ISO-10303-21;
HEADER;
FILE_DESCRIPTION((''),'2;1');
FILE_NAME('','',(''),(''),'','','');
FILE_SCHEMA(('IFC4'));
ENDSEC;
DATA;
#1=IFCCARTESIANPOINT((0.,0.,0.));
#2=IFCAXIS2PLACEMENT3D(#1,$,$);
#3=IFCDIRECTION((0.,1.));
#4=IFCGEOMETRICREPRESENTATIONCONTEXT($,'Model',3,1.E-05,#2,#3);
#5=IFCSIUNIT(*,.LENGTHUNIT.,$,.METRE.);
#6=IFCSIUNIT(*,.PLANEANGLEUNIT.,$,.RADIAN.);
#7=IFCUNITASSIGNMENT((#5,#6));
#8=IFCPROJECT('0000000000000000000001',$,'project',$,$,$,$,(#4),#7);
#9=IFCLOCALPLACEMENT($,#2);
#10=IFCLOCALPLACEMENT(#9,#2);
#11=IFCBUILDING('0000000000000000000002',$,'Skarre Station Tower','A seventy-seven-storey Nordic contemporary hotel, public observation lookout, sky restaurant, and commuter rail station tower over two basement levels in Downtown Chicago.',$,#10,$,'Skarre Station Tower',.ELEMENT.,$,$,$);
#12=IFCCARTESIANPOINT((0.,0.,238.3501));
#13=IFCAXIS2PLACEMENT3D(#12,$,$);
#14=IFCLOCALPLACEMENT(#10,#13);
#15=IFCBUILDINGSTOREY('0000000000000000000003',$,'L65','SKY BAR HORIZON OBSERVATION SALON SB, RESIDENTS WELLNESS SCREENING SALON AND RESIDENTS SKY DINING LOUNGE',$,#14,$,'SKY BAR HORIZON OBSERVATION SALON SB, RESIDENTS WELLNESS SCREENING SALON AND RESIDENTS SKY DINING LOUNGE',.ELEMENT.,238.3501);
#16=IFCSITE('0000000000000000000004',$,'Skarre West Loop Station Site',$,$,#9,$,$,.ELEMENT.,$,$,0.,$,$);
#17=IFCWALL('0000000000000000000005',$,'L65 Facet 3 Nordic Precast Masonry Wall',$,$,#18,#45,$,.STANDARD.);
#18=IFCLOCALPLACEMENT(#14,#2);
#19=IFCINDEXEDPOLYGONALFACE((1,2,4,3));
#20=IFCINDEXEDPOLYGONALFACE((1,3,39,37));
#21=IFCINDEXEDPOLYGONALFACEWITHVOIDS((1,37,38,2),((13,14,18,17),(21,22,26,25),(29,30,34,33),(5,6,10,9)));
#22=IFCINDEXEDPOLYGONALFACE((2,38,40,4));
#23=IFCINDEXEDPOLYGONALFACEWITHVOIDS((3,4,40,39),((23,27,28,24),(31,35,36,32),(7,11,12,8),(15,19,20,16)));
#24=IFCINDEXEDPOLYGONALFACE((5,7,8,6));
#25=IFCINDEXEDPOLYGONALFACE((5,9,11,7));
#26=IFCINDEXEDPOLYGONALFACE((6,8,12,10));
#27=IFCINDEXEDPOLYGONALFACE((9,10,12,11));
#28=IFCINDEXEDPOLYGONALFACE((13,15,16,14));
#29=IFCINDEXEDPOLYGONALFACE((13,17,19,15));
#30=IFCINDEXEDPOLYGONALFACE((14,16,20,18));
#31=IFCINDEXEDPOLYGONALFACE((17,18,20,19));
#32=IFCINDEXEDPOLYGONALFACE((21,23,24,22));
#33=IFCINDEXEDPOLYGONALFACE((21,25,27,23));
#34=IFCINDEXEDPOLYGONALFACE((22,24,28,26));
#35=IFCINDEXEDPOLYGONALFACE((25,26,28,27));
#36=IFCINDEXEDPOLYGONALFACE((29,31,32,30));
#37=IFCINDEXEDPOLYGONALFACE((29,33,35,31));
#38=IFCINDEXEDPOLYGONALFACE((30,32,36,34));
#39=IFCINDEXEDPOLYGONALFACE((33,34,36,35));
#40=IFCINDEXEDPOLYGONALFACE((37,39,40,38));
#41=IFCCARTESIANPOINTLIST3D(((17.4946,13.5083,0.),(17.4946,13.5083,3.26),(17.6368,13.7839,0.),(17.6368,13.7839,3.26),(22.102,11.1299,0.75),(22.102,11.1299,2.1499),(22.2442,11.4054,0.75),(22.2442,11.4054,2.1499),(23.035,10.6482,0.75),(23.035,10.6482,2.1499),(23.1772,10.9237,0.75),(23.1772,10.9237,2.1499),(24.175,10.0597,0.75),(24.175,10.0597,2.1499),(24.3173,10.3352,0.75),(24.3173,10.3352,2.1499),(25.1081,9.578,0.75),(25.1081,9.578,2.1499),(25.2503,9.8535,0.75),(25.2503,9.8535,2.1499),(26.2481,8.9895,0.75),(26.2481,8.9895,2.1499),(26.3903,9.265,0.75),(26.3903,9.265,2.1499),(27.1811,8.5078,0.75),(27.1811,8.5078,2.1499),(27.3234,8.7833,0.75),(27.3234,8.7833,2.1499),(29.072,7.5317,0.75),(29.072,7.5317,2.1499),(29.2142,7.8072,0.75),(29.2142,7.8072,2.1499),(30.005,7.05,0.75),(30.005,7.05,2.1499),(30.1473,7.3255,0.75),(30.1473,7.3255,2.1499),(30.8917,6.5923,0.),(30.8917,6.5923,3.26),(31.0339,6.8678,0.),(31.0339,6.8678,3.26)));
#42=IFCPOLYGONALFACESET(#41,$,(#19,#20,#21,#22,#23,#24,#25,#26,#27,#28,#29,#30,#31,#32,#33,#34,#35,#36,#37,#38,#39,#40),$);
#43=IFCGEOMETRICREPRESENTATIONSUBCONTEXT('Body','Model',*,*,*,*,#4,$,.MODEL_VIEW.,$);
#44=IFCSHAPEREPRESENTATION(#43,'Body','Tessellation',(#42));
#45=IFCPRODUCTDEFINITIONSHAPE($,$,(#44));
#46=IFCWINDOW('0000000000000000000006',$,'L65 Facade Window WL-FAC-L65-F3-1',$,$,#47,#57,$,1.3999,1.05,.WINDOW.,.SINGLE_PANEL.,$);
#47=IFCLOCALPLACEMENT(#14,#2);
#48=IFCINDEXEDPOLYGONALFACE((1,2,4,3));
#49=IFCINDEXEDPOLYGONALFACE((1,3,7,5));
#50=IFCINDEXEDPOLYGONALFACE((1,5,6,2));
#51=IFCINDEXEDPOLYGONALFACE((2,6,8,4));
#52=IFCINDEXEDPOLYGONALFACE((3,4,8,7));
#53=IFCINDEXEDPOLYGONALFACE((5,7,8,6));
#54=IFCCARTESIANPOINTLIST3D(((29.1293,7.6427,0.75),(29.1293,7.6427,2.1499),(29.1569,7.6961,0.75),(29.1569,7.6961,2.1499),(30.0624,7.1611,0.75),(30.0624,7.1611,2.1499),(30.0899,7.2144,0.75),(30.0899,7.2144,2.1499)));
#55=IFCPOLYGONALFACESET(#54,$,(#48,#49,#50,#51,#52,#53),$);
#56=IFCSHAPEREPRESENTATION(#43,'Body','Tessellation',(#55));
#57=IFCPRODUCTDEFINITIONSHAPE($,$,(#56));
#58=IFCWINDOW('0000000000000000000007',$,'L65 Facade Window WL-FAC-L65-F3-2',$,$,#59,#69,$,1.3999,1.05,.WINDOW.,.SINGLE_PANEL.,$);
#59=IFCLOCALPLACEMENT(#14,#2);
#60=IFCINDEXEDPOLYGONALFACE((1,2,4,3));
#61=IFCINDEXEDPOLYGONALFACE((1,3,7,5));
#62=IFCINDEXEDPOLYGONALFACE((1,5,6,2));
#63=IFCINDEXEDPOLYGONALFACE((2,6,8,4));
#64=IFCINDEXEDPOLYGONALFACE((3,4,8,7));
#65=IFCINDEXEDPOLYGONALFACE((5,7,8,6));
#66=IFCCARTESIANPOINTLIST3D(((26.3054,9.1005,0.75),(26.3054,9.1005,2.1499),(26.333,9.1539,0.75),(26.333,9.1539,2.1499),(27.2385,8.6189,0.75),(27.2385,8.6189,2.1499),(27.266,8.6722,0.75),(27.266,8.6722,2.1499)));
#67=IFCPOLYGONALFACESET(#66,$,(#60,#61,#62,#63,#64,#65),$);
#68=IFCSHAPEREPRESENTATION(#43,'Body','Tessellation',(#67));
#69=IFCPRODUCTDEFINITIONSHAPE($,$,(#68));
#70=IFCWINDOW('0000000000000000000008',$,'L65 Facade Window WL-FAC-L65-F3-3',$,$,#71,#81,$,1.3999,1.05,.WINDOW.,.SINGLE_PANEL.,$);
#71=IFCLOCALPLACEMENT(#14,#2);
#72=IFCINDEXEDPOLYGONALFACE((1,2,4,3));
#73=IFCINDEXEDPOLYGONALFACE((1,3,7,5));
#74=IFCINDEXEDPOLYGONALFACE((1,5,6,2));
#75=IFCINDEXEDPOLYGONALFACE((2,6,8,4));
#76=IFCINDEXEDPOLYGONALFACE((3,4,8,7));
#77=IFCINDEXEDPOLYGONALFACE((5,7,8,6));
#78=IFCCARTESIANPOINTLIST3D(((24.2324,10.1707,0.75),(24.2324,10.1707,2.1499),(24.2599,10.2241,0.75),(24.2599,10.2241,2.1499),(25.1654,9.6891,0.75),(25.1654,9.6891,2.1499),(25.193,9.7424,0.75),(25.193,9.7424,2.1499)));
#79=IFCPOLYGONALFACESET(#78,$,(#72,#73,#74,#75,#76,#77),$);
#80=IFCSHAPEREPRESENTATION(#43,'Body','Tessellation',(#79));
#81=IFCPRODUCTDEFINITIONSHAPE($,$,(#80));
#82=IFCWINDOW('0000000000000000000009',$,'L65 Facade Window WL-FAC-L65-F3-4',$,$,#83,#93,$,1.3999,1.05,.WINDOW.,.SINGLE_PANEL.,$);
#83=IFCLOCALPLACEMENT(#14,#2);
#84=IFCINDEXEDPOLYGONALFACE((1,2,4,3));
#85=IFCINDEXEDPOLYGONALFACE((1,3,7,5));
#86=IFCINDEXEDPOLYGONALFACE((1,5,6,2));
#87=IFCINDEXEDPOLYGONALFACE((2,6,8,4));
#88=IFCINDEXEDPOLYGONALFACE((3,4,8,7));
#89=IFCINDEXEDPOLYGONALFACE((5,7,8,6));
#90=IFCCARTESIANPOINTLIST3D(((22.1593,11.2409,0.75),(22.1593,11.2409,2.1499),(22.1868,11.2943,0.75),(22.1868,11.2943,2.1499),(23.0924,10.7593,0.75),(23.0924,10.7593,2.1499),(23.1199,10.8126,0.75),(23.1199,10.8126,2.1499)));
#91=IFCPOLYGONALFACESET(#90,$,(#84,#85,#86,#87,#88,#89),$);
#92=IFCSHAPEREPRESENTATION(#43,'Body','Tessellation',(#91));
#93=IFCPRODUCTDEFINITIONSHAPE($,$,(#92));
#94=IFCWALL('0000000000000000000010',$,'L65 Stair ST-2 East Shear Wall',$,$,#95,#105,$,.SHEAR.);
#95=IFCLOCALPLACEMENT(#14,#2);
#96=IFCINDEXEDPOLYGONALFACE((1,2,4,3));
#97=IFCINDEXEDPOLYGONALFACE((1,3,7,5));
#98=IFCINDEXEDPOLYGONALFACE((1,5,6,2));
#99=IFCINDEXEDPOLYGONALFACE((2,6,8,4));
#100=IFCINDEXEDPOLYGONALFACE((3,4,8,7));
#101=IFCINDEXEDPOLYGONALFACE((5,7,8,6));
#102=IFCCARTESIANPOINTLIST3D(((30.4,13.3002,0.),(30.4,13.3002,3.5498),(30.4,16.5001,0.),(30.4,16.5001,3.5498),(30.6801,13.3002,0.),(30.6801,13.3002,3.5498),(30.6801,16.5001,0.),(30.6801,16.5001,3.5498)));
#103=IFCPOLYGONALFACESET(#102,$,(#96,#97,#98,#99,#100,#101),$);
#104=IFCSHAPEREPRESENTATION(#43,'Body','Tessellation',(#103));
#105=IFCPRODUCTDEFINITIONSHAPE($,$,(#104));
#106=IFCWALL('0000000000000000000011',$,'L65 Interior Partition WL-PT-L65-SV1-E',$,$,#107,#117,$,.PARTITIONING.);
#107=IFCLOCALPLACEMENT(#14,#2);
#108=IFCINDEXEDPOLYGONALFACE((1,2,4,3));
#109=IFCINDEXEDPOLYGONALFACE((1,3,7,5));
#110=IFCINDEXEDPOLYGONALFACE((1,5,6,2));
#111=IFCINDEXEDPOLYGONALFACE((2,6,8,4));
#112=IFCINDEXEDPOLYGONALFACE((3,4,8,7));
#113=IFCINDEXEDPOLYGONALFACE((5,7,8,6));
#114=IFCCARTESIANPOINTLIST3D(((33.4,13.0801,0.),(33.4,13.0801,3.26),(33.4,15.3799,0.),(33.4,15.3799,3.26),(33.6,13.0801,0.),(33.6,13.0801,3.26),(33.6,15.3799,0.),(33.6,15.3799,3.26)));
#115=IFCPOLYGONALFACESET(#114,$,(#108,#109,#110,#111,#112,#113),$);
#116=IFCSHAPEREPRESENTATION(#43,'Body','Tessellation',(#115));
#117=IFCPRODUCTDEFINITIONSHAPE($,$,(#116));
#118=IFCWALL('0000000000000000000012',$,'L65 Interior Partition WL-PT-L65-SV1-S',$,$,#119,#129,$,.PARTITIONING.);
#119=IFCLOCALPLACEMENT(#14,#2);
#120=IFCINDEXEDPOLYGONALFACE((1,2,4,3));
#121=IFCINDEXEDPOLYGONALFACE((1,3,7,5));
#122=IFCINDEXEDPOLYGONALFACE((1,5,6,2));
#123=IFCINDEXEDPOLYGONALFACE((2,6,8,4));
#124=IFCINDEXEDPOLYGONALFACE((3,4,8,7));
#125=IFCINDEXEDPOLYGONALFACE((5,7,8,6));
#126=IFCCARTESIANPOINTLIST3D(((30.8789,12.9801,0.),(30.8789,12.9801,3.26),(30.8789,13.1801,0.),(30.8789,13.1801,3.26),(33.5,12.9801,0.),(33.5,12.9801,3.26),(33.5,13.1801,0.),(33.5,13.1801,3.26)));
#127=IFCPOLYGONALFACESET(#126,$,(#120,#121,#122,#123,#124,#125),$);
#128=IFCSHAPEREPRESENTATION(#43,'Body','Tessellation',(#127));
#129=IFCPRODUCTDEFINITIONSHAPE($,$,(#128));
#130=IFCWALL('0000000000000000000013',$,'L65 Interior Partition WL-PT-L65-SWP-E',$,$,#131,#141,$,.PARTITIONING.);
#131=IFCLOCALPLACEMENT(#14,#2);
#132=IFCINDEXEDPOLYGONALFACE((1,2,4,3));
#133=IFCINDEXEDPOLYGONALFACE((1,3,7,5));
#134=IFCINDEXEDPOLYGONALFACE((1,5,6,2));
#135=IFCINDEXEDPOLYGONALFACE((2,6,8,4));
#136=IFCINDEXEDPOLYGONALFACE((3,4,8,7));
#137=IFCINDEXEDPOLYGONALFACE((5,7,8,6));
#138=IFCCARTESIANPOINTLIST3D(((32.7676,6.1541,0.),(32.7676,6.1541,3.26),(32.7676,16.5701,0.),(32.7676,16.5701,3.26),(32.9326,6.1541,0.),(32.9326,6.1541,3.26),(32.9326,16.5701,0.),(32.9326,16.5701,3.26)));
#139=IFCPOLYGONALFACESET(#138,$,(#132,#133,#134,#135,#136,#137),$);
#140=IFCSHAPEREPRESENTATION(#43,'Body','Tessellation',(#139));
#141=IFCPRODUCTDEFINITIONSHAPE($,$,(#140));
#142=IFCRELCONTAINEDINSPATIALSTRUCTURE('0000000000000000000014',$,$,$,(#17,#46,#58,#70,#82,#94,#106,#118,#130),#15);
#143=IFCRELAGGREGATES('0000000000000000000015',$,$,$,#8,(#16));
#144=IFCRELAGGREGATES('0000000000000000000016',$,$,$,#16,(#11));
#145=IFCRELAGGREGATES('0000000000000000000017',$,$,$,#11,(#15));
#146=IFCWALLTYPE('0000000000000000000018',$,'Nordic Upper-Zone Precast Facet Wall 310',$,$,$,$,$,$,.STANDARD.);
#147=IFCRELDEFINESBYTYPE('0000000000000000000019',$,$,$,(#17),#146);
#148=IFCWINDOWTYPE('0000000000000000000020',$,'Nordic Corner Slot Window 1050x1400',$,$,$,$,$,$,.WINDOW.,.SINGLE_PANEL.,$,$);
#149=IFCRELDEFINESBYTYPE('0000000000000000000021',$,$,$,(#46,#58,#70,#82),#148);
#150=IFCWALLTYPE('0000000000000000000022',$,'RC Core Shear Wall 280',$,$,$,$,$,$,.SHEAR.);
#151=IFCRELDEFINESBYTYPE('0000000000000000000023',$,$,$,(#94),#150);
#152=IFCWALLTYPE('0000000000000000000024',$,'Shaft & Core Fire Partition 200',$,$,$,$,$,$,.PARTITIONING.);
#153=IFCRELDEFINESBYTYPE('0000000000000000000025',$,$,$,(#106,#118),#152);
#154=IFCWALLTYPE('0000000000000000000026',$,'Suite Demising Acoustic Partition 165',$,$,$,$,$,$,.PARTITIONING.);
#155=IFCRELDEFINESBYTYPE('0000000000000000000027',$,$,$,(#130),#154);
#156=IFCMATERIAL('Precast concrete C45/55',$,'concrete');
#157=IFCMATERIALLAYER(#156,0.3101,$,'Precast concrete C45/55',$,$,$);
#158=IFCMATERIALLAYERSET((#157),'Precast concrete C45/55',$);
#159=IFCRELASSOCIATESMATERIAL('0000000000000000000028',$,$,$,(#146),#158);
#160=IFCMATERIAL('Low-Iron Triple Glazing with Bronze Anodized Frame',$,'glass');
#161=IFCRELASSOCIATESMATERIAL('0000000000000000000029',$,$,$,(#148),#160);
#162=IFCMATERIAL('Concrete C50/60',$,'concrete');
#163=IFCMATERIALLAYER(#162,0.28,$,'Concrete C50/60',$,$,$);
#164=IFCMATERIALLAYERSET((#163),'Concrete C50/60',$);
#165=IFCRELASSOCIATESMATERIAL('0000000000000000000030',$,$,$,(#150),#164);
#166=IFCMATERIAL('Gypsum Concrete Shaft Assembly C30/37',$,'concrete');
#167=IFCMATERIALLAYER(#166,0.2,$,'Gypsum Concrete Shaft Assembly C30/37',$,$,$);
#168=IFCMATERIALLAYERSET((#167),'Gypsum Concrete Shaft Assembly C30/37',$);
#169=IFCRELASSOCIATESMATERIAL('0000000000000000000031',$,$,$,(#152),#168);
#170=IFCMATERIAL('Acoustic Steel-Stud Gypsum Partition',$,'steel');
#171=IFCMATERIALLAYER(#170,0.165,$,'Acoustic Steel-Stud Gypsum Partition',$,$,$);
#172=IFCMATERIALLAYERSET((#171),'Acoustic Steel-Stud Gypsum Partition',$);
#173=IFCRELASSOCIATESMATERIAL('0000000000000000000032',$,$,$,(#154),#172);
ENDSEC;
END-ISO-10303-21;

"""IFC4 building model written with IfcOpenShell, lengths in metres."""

from ifc_helpers import new_model, si_unit, direction, frame, frame_2d, origin, place, context, subcontext, project, spatial, rectangle, extrude, material, layer, layer_set, type_object, element, fill, save


model = new_model("IFC4")

# Units and contexts
model_context = context("Model", 3, precision=1e-05, world=origin(), true_north=direction((0.0, 1.0)))
body_context = subcontext(model_context, "Body", "Model", "MODEL_VIEW")
ifc_project = project(units=[si_unit("LENGTHUNIT", "METRE"), si_unit("PLANEANGLEUNIT", "RADIAN")], contexts=[model_context])

# Site, building, storey
site_placement = place(None, origin())
site = spatial("IfcSite", under=ifc_project, at=site_placement, Name="Skarre West Loop Station Site", CompositionType="ELEMENT", RefElevation=0.0)
building_placement = place(site_placement, origin())
building = spatial("IfcBuilding", under=site, at=building_placement, Name="Skarre Station Tower", Description="A seventy-seven-storey Nordic contemporary hotel, public observation lookout, sky restaurant, and commuter rail station tower over two basement levels in Downtown Chicago.", LongName="Skarre Station Tower", CompositionType="ELEMENT")
storey_placement = place(building_placement, frame((0.0, 0.0, 238.3501)))
storey = spatial("IfcBuildingStorey", under=building, at=storey_placement, Name="L65", Description="SKY BAR HORIZON OBSERVATION SALON SB, RESIDENTS WELLNESS SCREENING SALON AND RESIDENTS SKY DINING LOUNGE", LongName="SKY BAR HORIZON OBSERVATION SALON SB, RESIDENTS WELLNESS SCREENING SALON AND RESIDENTS SKY DINING LOUNGE", CompositionType="ELEMENT", Elevation=238.3501)

# Shared definitions
ifc_material_1 = material(Name="Concrete C50/60", Category="concrete")

# Shared definitions
ifc_material_2 = material(Name="Acoustic Steel-Stud Gypsum Partition", Category="steel")
ifc_material_3 = material(Name="Precast concrete C45/55", Category="concrete")

# Wall, openings, windows
ifc_layer_1 = layer(ifc_material_3, 0.3101, Name="Precast concrete C45/55")
ifc_layer_set_1 = layer_set([ifc_layer_1], Name="Precast concrete C45/55")
wall_type_1 = type_object("IfcWallType", Name="Nordic Upper-Zone Precast Facet Wall 310", PredefinedType="STANDARD", material=ifc_layer_set_1)
wall_1_placement = place(storey_placement, frame((30.9629, 6.73, 0.0), z_axis=(0.0, 0.0, 1.0), x_axis=(-0.888581, 0.458719, 0.0)))
wall_1 = element("IfcWall", 1, at=wall_1_placement, inside=storey, type_object=wall_type_1, Name="L65 Facet 3 Nordic Precast Masonry Wall", PredefinedType="STANDARD", context=body_context, shape_type="SweptSolid", body=[
    extrude(rectangle(XDim=15.0769, YDim=0.3101, at=frame_2d((7.5386, 0.0))), origin(), (0.0, 0.0, 1.0), 3.26),
])
opening_1_placement = place(wall_1_placement, frame((0.998, 0.0, 0.75)))
opening_1 = element("IfcOpeningElement", 2, at=opening_1_placement, cuts=wall_1, PredefinedType="OPENING", context=body_context, shape_type="SweptSolid", body=[
    extrude(rectangle(XDim=1.05, YDim=1.3999, at=frame_2d((0.5249, 0.7))), frame((0.0, 0.165, 0.0), z_axis=(0.0, -1.0, 0.0), x_axis=(1.0, 0.0, 0.0)), (0.0, 0.0, 1.0), 0.3301),
])
opening_2_placement = place(wall_1_placement, frame((4.176, 0.0, 0.75)))
opening_2 = element("IfcOpeningElement", 3, at=opening_2_placement, cuts=wall_1, PredefinedType="OPENING", context=body_context, shape_type="SweptSolid", body=[
    extrude(rectangle(XDim=1.05, YDim=1.3999, at=frame_2d((0.5249, 0.7))), frame((0.0, 0.165, 0.0), z_axis=(0.0, -1.0, 0.0), x_axis=(1.0, 0.0, 0.0)), (0.0, 0.0, 1.0), 0.3301),
])
opening_3_placement = place(wall_1_placement, frame((6.509, 0.0, 0.75)))
opening_3 = element("IfcOpeningElement", 4, at=opening_3_placement, cuts=wall_1, PredefinedType="OPENING", context=body_context, shape_type="SweptSolid", body=[
    extrude(rectangle(XDim=1.05, YDim=1.3999, at=frame_2d((0.5249, 0.7))), frame((0.0, 0.165, 0.0), z_axis=(0.0, -1.0, 0.0), x_axis=(1.0, 0.0, 0.0)), (0.0, 0.0, 1.0), 0.3301),
])
opening_4_placement = place(wall_1_placement, frame((8.842, 0.0, 0.75)))
opening_4 = element("IfcOpeningElement", 5, at=opening_4_placement, cuts=wall_1, PredefinedType="OPENING", context=body_context, shape_type="SweptSolid", body=[
    extrude(rectangle(XDim=1.05, YDim=1.3999, at=frame_2d((0.5249, 0.7))), frame((0.0, 0.165, 0.0), z_axis=(0.0, -1.0, 0.0), x_axis=(1.0, 0.0, 0.0)), (0.0, 0.0, 1.0), 0.3301),
])
ifc_material_4 = material(Name="Low-Iron Triple Glazing with Bronze Anodized Frame", Category="glass")
window_type = type_object("IfcWindowType", Name="Nordic Corner Slot Window 1050x1400", PartitioningType="SINGLE_PANEL", PredefinedType="WINDOW", material=ifc_material_4)
window_1_placement = place(opening_1_placement, origin())
window_1 = element("IfcWindow", 6, at=window_1_placement, inside=storey, type_object=window_type, Name="L65 Facade Window WL-FAC-L65-F3-1", OverallHeight=1.3999, OverallWidth=1.05, PartitioningType="SINGLE_PANEL", PredefinedType="WINDOW", context=body_context, shape_type="SweptSolid", body=[
    extrude(rectangle(XDim=1.05, YDim=1.3999, at=frame_2d((0.5249, 0.7))), frame((0.0, 0.03, 0.0), z_axis=(0.0, -1.0, 0.0), x_axis=(1.0, 0.0, 0.0)), (0.0, 0.0, 1.0), 0.0601),
])
fill(opening_1, window_1)
window_2_placement = place(opening_2_placement, origin())
window_2 = element("IfcWindow", 7, at=window_2_placement, inside=storey, type_object=window_type, Name="L65 Facade Window WL-FAC-L65-F3-2", OverallHeight=1.3999, OverallWidth=1.05, PartitioningType="SINGLE_PANEL", PredefinedType="WINDOW", context=body_context, shape_type="SweptSolid", body=[
    extrude(rectangle(XDim=1.05, YDim=1.3999, at=frame_2d((0.5249, 0.7))), frame((0.0, 0.03, 0.0), z_axis=(0.0, -1.0, 0.0), x_axis=(1.0, 0.0, 0.0)), (0.0, 0.0, 1.0), 0.0601),
])
fill(opening_2, window_2)
window_3_placement = place(opening_3_placement, origin())
window_3 = element("IfcWindow", 8, at=window_3_placement, inside=storey, type_object=window_type, Name="L65 Facade Window WL-FAC-L65-F3-3", OverallHeight=1.3999, OverallWidth=1.05, PartitioningType="SINGLE_PANEL", PredefinedType="WINDOW", context=body_context, shape_type="SweptSolid", body=[
    extrude(rectangle(XDim=1.05, YDim=1.3999, at=frame_2d((0.5249, 0.7))), frame((0.0, 0.03, 0.0), z_axis=(0.0, -1.0, 0.0), x_axis=(1.0, 0.0, 0.0)), (0.0, 0.0, 1.0), 0.0601),
])
fill(opening_3, window_3)
window_4_placement = place(opening_4_placement, origin())
window_4 = element("IfcWindow", 9, at=window_4_placement, inside=storey, type_object=window_type, Name="L65 Facade Window WL-FAC-L65-F3-4", OverallHeight=1.3999, OverallWidth=1.05, PartitioningType="SINGLE_PANEL", PredefinedType="WINDOW", context=body_context, shape_type="SweptSolid", body=[
    extrude(rectangle(XDim=1.05, YDim=1.3999, at=frame_2d((0.5249, 0.7))), frame((0.0, 0.03, 0.0), z_axis=(0.0, -1.0, 0.0), x_axis=(1.0, 0.0, 0.0)), (0.0, 0.0, 1.0), 0.0601),
])
fill(opening_4, window_4)

# Walls
ifc_layer_2 = layer(ifc_material_1, 0.28, Name="Concrete C50/60")
ifc_layer_set_2 = layer_set([ifc_layer_2], Name="Concrete C50/60")
wall_type_2 = type_object("IfcWallType", Name="RC Core Shear Wall 280", PredefinedType="SHEAR", material=ifc_layer_set_2)
wall_2_placement = place(storey_placement, frame((30.54, 13.3, 0.0), z_axis=(0.0, 0.0, 1.0), x_axis=(0.0, 1.0, 0.0)))
element("IfcWall", 10, at=wall_2_placement, inside=storey, type_object=wall_type_2, Name="L65 Stair ST-2 East Shear Wall", PredefinedType="SHEAR", context=body_context, shape_type="SweptSolid", body=[
    extrude(rectangle(XDim=3.2, YDim=0.28, at=frame_2d((1.6001, 0.0))), origin(), (0.0, 0.0, 1.0), 3.5498),
])
ifc_material_5 = material(Name="Gypsum Concrete Shaft Assembly C30/37", Category="concrete")
ifc_layer_3 = layer(ifc_material_5, 0.2, Name="Gypsum Concrete Shaft Assembly C30/37")
ifc_layer_set_3 = layer_set([ifc_layer_3], Name="Gypsum Concrete Shaft Assembly C30/37")
wall_type_3 = type_object("IfcWallType", Name="Shaft & Core Fire Partition 200", PredefinedType="PARTITIONING", material=ifc_layer_set_3)
wall_3_placement = place(storey_placement, frame((33.5, 13.0801, 0.0), z_axis=(0.0, 0.0, 1.0), x_axis=(0.0, 1.0, 0.0)))
element("IfcWall", 11, at=wall_3_placement, inside=storey, type_object=wall_type_3, Name="L65 Interior Partition WL-PT-L65-SV1-E", PredefinedType="PARTITIONING", context=body_context, shape_type="SweptSolid", body=[
    extrude(rectangle(XDim=2.2998, YDim=0.2, at=frame_2d((1.1499, 0.0))), origin(), (0.0, 0.0, 1.0), 3.26),
])
wall_4_placement = place(storey_placement, frame((30.8789, 13.0801, 0.0), z_axis=(0.0, 0.0, 1.0), x_axis=(1.0, 0.0, 0.0)))
element("IfcWall", 12, at=wall_4_placement, inside=storey, type_object=wall_type_3, Name="L65 Interior Partition WL-PT-L65-SV1-S", PredefinedType="PARTITIONING", context=body_context, shape_type="SweptSolid", body=[
    extrude(rectangle(XDim=2.6211, YDim=0.2, at=frame_2d((1.3105, 0.0))), origin(), (0.0, 0.0, 1.0), 3.26),
])
ifc_layer_4 = layer(ifc_material_2, 0.165, Name="Acoustic Steel-Stud Gypsum Partition")
ifc_layer_set_4 = layer_set([ifc_layer_4], Name="Acoustic Steel-Stud Gypsum Partition")
wall_type_4 = type_object("IfcWallType", Name="Suite Demising Acoustic Partition 165", PredefinedType="PARTITIONING", material=ifc_layer_set_4)
wall_5_placement = place(storey_placement, frame((32.8501, 6.1541, 0.0), z_axis=(0.0, 0.0, 1.0), x_axis=(0.0, 1.0, 0.0)))
element("IfcWall", 13, at=wall_5_placement, inside=storey, type_object=wall_type_4, Name="L65 Interior Partition WL-PT-L65-SWP-E", PredefinedType="PARTITIONING", context=body_context, shape_type="SweptSolid", body=[
    extrude(rectangle(XDim=10.416, YDim=0.165, at=frame_2d((5.208, 0.0))), origin(), (0.0, 0.0, 1.0), 3.26),
])

save(model, "model.ifc")
